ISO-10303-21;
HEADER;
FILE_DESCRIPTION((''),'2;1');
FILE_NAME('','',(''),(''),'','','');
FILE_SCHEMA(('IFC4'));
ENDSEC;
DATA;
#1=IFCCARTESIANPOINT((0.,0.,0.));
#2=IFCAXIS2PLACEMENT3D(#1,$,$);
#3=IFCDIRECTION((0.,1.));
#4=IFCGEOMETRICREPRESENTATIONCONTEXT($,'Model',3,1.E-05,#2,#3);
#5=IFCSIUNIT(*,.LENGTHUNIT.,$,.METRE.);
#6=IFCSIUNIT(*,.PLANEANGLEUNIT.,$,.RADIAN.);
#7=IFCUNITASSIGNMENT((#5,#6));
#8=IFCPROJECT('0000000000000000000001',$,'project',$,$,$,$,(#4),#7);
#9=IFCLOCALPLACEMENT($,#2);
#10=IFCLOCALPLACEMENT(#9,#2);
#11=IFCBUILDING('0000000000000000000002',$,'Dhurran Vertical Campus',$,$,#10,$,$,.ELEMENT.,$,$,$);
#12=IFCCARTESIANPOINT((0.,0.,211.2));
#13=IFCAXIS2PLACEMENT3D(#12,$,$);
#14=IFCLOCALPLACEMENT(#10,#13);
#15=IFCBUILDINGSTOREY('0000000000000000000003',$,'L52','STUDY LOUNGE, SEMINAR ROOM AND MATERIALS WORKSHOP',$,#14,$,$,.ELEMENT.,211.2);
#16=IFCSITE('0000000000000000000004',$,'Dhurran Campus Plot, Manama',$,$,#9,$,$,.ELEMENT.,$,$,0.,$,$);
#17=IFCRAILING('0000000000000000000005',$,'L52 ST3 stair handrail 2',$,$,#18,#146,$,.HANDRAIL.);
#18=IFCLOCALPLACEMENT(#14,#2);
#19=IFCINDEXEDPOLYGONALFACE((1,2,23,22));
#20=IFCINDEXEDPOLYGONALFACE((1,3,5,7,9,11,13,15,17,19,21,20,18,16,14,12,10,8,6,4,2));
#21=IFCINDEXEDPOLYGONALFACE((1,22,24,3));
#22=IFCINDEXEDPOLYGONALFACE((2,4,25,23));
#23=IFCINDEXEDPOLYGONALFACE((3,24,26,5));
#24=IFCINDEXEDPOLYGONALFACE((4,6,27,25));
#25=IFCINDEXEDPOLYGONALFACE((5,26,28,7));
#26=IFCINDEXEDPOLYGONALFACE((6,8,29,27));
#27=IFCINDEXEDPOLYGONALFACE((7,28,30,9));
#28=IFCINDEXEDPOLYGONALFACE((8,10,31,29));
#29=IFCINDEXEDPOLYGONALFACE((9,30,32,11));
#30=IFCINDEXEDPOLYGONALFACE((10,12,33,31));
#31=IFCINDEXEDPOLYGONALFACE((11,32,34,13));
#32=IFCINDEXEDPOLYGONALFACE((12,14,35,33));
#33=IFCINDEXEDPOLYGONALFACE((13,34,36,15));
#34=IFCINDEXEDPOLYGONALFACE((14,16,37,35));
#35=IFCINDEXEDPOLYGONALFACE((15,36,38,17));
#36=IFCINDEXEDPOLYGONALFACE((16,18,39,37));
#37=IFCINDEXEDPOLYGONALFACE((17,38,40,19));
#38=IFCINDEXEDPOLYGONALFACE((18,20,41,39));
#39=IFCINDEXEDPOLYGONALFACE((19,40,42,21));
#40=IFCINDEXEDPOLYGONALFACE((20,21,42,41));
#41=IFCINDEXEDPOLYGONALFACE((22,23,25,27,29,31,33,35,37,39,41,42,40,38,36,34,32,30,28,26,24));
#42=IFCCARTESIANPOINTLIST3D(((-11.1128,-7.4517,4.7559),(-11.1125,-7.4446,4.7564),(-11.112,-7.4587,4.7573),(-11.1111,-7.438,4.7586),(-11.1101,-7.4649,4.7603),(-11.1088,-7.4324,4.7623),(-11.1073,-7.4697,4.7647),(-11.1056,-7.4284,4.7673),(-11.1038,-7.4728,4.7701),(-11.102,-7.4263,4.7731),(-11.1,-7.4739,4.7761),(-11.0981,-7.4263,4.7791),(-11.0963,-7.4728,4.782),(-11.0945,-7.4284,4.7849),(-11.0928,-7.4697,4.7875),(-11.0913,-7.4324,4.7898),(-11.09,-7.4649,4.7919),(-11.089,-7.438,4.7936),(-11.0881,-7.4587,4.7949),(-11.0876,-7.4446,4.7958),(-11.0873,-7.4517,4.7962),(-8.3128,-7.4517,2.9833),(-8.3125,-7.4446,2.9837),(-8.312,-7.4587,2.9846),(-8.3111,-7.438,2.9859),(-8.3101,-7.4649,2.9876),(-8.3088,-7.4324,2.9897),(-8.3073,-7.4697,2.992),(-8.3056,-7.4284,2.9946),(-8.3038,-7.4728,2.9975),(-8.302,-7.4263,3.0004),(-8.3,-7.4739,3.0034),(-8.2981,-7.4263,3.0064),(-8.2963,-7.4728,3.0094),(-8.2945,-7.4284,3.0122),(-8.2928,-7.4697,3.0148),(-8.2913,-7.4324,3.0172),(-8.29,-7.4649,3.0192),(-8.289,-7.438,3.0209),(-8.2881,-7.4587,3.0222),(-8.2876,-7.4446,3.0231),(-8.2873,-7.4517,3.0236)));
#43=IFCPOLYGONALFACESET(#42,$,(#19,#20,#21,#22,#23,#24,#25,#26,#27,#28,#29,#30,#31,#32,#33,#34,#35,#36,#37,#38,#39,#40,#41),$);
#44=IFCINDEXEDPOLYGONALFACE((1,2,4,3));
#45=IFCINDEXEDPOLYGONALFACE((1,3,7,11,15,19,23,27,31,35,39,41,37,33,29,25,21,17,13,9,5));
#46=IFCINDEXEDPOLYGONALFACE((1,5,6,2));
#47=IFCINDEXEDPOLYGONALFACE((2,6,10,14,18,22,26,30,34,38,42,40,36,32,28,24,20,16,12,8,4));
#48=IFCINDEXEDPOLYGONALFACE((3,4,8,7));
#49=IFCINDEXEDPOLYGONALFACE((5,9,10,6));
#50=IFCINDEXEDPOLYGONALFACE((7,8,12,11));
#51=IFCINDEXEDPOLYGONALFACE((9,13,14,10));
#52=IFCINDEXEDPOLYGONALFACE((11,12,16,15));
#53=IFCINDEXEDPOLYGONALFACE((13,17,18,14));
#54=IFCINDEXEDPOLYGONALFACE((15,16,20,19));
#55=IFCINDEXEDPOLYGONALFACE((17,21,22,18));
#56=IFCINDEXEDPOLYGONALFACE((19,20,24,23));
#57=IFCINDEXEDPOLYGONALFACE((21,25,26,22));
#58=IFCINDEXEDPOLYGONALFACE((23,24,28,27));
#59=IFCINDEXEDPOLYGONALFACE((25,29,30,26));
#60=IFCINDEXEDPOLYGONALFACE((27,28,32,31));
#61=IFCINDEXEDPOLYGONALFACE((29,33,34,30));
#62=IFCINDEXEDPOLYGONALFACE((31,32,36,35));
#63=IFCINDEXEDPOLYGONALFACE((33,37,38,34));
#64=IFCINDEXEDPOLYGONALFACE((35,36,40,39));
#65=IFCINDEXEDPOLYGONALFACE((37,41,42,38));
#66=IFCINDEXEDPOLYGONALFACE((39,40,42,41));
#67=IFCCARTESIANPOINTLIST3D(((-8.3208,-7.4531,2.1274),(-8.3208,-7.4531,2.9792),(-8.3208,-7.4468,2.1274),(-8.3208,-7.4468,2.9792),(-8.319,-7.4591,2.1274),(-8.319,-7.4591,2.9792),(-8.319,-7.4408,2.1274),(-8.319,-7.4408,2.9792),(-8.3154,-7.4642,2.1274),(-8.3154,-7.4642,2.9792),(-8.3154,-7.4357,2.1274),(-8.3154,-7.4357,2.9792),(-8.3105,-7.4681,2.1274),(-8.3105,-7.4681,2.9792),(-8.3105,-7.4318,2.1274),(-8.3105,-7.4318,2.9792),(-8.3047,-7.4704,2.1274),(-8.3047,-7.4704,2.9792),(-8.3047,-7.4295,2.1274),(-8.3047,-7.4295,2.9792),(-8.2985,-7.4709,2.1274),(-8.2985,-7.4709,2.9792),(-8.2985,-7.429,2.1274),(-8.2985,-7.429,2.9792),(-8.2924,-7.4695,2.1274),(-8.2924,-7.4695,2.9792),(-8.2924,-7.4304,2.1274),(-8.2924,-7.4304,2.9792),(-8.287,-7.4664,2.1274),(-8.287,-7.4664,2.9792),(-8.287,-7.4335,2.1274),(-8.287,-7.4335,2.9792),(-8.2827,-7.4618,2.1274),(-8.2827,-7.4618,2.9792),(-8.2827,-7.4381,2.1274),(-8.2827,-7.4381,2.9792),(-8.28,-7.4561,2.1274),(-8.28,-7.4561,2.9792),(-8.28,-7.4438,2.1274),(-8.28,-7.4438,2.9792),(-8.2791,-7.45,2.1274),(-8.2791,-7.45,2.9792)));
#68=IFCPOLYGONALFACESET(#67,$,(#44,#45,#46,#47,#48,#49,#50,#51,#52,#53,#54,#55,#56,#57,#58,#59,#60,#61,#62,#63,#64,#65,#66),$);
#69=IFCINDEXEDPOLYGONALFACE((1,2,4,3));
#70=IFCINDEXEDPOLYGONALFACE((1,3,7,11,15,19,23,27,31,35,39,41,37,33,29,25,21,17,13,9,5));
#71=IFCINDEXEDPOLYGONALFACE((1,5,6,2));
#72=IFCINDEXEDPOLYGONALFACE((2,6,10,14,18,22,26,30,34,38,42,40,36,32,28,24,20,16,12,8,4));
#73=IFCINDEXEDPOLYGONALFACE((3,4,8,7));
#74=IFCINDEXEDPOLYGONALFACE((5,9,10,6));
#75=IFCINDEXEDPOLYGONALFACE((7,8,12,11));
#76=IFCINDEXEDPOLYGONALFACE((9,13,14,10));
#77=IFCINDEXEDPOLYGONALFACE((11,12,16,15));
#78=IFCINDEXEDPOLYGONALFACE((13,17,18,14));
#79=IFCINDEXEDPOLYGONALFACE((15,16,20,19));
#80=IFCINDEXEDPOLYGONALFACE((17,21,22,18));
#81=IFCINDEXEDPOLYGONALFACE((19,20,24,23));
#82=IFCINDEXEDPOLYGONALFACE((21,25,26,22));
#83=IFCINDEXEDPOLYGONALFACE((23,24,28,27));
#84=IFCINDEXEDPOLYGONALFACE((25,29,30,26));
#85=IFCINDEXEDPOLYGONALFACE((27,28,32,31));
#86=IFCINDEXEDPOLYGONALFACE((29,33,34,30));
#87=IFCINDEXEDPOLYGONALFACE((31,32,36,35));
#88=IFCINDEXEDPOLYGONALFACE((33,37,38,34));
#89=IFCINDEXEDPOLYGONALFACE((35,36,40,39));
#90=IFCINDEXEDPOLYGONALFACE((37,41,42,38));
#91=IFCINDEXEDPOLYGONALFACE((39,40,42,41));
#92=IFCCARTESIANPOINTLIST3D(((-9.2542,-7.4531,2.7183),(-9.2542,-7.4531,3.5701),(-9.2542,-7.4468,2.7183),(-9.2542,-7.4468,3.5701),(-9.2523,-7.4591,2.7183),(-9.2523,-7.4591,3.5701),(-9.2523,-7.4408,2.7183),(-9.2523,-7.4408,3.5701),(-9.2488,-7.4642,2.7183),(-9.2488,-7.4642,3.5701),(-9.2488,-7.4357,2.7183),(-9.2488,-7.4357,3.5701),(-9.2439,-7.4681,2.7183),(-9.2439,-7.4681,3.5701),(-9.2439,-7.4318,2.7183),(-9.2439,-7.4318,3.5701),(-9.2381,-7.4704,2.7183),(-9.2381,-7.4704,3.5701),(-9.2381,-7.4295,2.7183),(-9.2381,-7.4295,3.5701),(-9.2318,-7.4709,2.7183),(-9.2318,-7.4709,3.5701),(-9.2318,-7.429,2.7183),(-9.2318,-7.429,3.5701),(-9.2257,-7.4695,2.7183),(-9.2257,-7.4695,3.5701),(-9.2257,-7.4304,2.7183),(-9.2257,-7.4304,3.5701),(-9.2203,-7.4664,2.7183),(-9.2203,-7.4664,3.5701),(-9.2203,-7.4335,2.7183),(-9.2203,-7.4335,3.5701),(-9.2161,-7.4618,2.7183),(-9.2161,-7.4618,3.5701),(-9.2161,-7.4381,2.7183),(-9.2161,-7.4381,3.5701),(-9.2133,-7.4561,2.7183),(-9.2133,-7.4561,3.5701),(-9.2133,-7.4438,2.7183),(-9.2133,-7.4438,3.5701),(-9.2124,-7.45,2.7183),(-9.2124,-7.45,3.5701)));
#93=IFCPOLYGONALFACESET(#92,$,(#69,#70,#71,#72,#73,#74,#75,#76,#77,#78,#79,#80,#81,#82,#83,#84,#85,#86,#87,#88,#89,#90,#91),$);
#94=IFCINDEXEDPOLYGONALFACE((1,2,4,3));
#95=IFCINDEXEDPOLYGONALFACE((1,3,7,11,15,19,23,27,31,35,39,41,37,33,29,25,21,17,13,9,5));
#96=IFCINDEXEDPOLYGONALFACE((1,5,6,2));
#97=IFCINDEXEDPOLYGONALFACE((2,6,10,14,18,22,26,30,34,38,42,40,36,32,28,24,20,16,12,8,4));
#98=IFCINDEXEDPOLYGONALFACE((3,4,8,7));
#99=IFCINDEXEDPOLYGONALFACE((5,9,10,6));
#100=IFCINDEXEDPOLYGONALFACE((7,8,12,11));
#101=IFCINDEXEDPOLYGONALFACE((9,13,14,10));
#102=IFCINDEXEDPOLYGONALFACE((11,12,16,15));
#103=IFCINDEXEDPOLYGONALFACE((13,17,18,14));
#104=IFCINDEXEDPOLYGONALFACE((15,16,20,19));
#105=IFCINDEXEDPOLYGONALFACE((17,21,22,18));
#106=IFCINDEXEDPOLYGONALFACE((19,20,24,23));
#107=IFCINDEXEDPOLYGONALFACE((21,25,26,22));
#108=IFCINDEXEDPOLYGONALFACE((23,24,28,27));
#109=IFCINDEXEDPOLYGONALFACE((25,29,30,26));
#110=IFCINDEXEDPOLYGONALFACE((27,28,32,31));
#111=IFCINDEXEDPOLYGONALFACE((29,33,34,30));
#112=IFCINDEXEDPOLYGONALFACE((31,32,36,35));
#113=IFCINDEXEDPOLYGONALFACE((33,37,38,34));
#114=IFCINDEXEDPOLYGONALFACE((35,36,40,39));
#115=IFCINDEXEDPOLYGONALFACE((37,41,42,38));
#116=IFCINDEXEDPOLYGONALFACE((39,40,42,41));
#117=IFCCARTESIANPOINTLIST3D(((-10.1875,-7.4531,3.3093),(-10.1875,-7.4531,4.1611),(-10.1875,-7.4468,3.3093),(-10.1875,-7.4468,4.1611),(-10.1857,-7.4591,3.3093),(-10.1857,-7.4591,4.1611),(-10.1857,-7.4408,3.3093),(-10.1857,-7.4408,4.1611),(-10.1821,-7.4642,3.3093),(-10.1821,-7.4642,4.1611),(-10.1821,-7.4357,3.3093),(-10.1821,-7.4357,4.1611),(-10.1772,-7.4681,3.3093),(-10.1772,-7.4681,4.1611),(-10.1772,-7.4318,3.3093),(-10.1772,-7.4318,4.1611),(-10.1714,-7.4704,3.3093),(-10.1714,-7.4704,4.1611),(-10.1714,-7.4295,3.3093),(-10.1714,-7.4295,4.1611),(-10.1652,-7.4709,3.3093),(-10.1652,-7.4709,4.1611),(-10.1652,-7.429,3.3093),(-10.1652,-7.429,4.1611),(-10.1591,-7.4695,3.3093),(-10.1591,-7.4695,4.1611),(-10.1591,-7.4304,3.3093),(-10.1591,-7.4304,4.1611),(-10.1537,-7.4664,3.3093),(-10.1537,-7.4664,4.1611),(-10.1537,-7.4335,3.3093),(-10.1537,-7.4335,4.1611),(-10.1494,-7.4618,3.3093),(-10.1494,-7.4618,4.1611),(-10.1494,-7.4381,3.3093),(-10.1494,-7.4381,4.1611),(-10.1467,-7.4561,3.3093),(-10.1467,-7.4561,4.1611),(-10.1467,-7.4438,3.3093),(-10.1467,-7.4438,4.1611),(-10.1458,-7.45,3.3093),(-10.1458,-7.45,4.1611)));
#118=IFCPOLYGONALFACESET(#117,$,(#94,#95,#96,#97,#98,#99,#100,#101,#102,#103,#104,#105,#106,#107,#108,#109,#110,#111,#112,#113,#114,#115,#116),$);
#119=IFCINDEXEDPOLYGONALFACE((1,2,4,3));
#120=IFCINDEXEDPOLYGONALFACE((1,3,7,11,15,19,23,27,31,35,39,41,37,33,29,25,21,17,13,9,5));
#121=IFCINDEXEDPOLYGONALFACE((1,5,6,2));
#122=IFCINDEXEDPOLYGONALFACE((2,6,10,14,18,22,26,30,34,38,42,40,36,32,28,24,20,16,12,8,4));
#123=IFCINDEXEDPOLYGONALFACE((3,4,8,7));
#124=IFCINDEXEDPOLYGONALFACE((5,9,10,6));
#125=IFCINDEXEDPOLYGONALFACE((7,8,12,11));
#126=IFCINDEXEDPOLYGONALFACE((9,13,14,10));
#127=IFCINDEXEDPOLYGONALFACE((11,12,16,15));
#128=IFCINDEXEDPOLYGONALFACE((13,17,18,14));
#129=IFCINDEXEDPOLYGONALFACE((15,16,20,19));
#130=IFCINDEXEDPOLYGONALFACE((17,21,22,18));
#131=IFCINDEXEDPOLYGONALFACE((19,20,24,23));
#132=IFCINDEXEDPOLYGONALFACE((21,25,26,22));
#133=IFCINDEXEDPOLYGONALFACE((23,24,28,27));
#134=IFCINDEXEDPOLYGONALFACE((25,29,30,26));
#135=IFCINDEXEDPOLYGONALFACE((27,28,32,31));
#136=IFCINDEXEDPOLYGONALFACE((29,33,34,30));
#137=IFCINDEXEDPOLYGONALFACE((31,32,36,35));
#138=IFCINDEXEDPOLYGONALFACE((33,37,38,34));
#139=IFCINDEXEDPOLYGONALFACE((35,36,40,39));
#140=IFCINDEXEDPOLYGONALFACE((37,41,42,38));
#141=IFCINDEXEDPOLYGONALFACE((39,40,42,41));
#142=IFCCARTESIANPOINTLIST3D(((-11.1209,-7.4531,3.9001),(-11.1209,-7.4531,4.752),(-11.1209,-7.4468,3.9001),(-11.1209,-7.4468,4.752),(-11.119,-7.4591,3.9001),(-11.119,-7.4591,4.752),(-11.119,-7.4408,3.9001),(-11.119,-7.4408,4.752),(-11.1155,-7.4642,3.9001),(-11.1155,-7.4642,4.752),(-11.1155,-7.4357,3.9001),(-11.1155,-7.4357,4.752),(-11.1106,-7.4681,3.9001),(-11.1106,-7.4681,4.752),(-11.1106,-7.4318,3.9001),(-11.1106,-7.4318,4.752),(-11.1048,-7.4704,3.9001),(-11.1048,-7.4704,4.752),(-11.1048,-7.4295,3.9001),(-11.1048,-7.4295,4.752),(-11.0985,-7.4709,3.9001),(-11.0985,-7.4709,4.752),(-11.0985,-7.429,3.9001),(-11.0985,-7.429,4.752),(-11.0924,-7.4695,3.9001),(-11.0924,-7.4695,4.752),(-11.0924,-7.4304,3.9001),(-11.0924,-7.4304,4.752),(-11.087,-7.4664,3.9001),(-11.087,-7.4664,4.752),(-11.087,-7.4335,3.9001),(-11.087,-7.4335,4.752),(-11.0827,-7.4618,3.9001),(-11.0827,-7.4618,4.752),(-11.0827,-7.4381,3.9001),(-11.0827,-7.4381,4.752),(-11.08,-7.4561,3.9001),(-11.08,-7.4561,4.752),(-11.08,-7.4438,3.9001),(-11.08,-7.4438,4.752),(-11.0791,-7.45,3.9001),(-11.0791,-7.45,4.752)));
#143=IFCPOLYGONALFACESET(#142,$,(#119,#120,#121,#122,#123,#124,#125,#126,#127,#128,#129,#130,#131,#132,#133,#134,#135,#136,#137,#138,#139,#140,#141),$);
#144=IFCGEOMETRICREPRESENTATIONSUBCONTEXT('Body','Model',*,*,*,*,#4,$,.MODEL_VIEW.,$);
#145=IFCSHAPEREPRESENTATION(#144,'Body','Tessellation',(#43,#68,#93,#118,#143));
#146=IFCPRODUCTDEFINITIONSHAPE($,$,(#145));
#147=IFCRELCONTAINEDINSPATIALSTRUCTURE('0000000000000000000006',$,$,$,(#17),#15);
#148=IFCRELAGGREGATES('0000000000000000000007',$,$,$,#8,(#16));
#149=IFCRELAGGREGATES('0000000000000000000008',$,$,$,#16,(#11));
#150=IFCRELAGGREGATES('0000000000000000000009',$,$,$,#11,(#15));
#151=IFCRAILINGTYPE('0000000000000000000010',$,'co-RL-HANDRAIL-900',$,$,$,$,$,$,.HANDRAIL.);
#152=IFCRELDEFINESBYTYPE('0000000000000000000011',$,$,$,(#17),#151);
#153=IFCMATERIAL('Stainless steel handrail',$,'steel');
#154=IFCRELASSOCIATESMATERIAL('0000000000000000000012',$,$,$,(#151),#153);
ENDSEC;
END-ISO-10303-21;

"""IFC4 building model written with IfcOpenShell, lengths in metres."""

from ifc_helpers import new_model, si_unit, direction, frame, origin, origin_2d, place, context, subcontext, project, spatial, circle, extrude, material, type_object, element, save


model = new_model("IFC4")

# Units and contexts
model_context = context("Model", 3, precision=1e-05, world=origin(), true_north=direction((0.0, 1.0)))
body_context = subcontext(model_context, "Body", "Model", "MODEL_VIEW")
ifc_project = project(units=[si_unit("LENGTHUNIT", "METRE"), si_unit("PLANEANGLEUNIT", "RADIAN")], contexts=[model_context])

# Site, building, storey
site_placement = place(None, origin())
site = spatial("IfcSite", under=ifc_project, at=site_placement, Name="Dhurran Campus Plot, Manama", CompositionType="ELEMENT", RefElevation=0.0)
building_placement = place(site_placement, origin())
building = spatial("IfcBuilding", under=site, at=building_placement, Name="Dhurran Vertical Campus", CompositionType="ELEMENT")
storey_placement = place(building_placement, frame((0.0, 0.0, 211.2)))
storey = spatial("IfcBuildingStorey", under=building, at=storey_placement, Name="L52", Description="STUDY LOUNGE, SEMINAR ROOM AND MATERIALS WORKSHOP", CompositionType="ELEMENT", Elevation=211.2)

# Railing
ifc_material_1 = material(Name="Stainless steel handrail", Category="steel")
railing_type_1 = type_object("IfcRailingType", Name="co-RL-HANDRAIL-900", PredefinedType="HANDRAIL", material=ifc_material_1)
railing_1_placement = place(storey_placement, frame((-8.3, -7.45, 2.1274)))
element("IfcRailing", 1, at=railing_1_placement, inside=storey, type_object=railing_type_1, Name="L52 ST3 stair handrail 2", PredefinedType="HANDRAIL", context=body_context, shape_type="SweptSolid", body=[
    extrude(circle(Radius=0.0239, at=origin_2d()), frame((0.0, 0.0, 0.876), z_axis=(-0.844909, 0.0, 0.53491), x_axis=(0.0, -1.0, 0.0)), (0.0, 0.0, 1.0), 3.314),
    extrude(circle(Radius=0.021, at=origin_2d()), origin(), (0.0, 0.0, 1.0), 0.8518),
    extrude(circle(Radius=0.021, at=origin_2d()), frame((-0.9333, 0.0, 0.5908)), (0.0, 0.0, 1.0), 0.8518),
    extrude(circle(Radius=0.021, at=origin_2d()), frame((-1.8667, 0.0, 1.1819)), (0.0, 0.0, 1.0), 0.8518),
    extrude(circle(Radius=0.021, at=origin_2d()), frame((-2.8, 0.0, 1.7727)), (0.0, 0.0, 1.0), 0.8518),
])

save(model, "model.ifc")
